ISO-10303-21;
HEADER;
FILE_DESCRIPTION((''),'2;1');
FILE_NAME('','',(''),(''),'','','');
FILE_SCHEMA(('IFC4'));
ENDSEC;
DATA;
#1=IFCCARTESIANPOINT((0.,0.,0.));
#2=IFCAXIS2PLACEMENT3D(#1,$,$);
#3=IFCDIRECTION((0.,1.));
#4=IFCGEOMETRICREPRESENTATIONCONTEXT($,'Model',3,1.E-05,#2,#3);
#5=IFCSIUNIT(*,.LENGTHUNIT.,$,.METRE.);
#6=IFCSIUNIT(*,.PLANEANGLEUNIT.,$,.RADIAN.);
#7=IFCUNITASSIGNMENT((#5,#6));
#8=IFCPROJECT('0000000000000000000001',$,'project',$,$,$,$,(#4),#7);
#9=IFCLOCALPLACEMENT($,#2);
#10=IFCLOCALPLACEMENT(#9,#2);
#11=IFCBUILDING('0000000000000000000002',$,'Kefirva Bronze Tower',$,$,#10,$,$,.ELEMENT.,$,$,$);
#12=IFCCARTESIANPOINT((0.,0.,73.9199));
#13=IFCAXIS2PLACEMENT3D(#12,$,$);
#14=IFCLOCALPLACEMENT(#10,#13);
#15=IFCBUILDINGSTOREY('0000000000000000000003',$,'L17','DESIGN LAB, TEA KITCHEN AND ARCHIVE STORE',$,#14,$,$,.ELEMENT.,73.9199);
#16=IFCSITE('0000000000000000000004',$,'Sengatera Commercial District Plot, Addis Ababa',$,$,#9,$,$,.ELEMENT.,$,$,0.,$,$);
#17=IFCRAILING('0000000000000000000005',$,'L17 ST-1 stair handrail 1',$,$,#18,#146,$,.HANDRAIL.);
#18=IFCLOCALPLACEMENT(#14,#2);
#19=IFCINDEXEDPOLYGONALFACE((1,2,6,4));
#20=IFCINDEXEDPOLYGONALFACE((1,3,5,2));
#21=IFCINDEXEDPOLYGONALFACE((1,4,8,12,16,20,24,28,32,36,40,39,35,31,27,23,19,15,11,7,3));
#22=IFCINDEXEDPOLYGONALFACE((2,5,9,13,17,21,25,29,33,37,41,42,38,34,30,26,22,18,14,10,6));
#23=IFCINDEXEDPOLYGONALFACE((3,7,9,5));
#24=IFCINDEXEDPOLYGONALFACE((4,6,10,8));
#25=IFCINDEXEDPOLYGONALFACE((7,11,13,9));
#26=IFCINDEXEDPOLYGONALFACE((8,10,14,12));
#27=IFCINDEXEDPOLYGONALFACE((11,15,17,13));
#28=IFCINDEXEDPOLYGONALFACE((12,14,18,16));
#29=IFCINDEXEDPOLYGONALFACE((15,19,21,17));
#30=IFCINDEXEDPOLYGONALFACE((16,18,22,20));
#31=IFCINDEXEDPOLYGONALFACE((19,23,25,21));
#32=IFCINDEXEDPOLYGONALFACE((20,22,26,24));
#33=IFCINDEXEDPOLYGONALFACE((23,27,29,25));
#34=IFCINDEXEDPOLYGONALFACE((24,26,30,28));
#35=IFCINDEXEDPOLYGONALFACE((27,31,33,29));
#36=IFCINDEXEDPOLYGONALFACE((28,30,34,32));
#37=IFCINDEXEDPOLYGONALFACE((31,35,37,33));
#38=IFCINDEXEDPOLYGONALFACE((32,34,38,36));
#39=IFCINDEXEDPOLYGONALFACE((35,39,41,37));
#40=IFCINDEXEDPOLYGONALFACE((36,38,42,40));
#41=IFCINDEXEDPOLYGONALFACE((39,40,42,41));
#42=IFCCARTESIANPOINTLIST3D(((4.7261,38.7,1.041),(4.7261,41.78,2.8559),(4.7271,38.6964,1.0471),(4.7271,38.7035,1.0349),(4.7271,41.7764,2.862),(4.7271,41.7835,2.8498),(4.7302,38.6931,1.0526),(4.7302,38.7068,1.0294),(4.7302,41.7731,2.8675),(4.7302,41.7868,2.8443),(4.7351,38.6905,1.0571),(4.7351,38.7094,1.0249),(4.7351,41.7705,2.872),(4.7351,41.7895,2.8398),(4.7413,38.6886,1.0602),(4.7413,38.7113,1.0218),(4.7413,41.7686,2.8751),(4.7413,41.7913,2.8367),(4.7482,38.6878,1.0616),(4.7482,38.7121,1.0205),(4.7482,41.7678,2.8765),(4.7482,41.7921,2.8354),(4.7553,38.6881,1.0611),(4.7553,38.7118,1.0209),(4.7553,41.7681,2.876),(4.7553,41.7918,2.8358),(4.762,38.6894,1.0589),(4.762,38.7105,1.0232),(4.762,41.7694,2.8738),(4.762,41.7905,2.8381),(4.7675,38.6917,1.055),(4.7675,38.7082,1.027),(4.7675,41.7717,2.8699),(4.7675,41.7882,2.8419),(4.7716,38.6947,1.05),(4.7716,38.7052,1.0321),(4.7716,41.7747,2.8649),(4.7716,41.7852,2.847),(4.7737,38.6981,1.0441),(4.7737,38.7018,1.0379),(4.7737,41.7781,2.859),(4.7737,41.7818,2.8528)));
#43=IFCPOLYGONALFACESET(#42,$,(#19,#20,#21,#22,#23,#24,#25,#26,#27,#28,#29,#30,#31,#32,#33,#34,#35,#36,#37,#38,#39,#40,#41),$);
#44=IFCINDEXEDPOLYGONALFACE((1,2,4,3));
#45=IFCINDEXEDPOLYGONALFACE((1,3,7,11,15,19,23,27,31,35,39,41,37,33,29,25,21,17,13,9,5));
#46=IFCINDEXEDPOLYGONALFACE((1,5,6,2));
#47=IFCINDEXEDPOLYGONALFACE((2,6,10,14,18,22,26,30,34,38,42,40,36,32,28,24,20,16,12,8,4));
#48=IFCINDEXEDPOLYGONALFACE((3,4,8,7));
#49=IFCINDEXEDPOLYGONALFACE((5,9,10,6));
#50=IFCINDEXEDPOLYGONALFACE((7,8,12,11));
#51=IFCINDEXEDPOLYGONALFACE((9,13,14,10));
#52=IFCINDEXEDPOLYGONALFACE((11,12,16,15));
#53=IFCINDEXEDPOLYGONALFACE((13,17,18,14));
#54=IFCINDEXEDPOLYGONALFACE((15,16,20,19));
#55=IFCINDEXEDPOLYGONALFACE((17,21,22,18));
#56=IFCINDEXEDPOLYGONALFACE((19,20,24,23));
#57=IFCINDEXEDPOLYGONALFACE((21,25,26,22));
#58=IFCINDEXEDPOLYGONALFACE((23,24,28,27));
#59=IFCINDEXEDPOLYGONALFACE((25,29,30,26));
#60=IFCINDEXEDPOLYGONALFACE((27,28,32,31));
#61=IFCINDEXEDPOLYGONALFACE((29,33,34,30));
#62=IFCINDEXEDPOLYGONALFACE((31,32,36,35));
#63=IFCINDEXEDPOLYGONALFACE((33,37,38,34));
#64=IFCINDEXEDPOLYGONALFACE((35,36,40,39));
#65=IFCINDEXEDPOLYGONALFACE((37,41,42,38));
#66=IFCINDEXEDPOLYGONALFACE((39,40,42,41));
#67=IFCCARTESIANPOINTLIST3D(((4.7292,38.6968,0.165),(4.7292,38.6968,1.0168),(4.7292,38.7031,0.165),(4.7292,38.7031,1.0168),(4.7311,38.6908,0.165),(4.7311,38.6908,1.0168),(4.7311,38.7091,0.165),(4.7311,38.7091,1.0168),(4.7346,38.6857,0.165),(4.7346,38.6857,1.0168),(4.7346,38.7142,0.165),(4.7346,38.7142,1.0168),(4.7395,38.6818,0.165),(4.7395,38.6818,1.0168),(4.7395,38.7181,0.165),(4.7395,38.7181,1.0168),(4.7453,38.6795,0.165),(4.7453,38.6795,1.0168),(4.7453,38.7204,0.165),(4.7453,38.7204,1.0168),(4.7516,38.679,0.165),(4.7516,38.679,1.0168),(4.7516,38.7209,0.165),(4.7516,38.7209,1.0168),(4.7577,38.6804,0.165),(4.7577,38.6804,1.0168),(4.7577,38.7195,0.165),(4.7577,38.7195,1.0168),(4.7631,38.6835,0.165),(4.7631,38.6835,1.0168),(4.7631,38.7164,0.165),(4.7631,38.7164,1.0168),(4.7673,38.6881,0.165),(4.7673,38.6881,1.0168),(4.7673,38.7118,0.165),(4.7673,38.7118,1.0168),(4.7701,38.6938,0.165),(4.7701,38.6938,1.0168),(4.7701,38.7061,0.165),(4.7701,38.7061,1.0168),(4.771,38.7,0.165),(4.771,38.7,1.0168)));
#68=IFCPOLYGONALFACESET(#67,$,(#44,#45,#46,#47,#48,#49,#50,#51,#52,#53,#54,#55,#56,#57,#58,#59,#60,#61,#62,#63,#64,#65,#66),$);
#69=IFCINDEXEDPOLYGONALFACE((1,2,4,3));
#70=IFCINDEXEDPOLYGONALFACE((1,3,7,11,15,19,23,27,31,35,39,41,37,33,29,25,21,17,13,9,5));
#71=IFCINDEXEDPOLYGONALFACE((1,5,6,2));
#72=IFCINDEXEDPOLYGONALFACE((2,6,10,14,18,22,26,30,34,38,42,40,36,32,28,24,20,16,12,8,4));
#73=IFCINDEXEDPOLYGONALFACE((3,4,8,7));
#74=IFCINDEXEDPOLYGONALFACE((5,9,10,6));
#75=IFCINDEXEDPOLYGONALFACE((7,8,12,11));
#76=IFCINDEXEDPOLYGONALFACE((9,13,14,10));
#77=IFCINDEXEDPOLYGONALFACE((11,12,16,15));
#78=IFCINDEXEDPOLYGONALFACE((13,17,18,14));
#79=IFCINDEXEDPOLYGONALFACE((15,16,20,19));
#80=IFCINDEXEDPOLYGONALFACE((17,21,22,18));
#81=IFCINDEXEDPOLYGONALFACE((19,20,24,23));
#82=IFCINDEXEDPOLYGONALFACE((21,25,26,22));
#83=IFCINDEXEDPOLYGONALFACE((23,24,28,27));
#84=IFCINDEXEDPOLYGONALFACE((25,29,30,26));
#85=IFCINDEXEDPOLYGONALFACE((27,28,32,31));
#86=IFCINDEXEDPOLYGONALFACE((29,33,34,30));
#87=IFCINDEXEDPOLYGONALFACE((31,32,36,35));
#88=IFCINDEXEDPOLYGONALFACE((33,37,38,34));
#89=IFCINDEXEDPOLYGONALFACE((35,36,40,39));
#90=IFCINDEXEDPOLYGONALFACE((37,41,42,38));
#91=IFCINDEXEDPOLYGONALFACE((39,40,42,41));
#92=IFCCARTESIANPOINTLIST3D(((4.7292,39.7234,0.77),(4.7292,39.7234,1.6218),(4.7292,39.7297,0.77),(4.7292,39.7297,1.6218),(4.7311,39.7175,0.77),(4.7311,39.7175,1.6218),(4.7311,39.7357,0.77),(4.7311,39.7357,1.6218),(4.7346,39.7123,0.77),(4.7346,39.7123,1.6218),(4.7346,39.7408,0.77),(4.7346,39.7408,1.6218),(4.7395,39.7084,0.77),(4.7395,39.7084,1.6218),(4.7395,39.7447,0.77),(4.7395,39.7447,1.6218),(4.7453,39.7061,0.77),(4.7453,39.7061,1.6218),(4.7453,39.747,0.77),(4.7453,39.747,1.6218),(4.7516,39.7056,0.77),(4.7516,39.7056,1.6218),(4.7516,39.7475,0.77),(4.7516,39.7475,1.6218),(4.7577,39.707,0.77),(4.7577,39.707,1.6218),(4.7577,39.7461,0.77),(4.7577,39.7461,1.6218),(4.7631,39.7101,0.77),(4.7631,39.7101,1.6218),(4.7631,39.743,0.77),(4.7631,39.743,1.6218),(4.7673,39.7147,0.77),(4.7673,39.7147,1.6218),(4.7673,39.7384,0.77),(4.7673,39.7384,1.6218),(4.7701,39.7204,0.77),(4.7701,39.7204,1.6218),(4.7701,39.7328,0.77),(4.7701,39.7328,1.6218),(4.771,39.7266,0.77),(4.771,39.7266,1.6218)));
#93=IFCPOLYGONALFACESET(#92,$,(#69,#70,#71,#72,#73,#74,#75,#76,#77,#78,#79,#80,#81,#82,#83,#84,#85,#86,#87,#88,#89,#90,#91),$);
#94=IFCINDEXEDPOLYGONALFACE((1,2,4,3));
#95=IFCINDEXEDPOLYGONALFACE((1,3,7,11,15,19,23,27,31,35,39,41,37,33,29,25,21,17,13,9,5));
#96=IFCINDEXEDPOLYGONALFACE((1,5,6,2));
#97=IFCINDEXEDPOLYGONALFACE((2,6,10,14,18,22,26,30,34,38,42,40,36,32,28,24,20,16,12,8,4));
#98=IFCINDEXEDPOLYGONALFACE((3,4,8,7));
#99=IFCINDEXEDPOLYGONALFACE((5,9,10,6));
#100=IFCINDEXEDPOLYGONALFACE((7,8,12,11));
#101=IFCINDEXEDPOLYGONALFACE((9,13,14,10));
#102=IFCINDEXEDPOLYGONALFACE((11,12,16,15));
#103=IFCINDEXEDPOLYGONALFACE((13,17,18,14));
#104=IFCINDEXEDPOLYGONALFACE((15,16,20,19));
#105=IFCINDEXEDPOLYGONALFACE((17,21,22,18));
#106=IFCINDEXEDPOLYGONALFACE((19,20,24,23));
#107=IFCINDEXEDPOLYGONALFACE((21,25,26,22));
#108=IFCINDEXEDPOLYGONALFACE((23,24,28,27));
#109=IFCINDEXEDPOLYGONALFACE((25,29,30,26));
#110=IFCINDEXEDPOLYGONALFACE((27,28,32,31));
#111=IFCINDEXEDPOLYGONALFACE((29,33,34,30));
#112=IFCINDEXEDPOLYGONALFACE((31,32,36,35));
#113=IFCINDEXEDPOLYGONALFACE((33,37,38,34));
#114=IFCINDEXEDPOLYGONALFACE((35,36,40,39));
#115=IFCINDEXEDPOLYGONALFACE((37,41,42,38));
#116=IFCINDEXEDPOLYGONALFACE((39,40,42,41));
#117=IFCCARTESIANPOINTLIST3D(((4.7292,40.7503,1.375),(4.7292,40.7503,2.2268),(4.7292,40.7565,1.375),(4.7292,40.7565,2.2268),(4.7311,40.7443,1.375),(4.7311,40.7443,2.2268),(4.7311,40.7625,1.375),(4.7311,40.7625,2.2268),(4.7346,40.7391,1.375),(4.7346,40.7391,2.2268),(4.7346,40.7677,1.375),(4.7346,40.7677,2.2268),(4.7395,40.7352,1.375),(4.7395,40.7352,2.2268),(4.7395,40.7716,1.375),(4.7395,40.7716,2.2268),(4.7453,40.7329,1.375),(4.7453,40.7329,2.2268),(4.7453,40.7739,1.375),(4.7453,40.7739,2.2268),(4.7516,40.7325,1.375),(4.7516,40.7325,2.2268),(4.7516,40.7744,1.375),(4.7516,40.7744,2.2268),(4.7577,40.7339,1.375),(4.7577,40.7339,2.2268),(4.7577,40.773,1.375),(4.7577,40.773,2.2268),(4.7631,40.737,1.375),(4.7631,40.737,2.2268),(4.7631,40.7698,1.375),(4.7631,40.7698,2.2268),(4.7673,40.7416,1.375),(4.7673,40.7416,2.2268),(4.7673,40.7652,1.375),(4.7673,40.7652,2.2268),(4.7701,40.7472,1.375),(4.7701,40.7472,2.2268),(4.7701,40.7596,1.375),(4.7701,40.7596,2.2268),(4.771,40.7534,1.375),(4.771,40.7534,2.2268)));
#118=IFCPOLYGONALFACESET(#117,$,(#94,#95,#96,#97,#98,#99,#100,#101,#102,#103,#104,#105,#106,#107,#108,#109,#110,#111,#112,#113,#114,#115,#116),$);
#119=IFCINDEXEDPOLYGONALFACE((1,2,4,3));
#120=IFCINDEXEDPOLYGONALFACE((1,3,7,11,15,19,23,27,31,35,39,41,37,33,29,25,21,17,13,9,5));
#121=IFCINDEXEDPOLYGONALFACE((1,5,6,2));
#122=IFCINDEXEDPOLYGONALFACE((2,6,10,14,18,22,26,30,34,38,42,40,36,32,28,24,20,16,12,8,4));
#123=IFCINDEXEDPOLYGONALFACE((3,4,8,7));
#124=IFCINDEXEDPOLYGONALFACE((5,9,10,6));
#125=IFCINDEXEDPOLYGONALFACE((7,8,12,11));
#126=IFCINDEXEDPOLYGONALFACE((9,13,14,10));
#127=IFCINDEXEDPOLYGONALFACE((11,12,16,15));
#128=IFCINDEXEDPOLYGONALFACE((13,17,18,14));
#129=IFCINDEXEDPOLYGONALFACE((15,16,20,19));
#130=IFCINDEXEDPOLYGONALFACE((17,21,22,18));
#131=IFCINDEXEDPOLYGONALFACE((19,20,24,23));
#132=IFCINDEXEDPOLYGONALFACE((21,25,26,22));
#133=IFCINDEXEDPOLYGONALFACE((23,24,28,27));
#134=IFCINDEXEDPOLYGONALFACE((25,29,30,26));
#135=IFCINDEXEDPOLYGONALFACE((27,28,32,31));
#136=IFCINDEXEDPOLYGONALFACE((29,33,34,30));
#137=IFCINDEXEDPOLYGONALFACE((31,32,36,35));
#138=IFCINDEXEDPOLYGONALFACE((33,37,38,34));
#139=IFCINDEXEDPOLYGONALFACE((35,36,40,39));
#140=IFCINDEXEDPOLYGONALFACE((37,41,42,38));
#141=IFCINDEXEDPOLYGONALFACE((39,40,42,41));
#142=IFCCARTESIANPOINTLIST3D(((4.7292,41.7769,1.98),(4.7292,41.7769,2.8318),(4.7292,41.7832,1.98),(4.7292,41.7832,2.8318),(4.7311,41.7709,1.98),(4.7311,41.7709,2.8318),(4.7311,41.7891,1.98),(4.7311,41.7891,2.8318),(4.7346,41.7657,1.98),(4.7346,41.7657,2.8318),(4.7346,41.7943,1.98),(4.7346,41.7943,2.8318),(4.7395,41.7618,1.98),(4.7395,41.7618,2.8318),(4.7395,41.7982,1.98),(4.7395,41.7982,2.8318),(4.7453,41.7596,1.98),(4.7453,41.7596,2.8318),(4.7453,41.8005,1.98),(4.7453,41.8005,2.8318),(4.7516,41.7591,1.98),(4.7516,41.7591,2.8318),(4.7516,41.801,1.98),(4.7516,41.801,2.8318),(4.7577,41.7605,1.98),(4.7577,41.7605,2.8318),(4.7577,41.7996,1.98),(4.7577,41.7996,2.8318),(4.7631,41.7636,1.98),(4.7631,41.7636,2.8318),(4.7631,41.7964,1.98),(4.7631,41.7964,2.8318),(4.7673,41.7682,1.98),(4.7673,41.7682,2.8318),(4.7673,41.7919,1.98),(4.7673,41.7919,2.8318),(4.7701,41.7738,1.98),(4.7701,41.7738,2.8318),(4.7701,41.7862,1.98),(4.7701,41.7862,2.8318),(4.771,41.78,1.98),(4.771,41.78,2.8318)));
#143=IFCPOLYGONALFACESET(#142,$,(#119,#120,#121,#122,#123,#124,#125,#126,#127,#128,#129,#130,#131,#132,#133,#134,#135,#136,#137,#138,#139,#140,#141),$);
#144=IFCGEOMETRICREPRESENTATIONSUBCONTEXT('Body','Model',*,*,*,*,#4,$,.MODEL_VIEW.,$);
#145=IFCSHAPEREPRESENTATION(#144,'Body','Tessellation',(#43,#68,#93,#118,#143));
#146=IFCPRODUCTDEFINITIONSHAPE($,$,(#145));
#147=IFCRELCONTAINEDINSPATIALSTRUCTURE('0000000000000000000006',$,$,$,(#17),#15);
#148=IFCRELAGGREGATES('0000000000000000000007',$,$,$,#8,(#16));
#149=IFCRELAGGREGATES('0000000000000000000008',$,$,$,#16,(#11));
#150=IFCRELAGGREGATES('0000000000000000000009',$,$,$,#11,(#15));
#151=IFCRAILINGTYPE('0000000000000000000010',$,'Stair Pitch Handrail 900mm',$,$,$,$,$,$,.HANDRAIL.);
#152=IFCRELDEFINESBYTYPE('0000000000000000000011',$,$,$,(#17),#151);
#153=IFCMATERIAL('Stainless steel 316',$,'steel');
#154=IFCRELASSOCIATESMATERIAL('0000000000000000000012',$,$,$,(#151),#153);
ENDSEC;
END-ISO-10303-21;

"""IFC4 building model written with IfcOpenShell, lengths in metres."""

from ifc_helpers import new_model, si_unit, direction, frame, origin, origin_2d, place, context, subcontext, project, spatial, circle, extrude, material, type_object, element, save


model = new_model("IFC4")

# Units and contexts
model_context = context("Model", 3, precision=1e-05, world=origin(), true_north=direction((0.0, 1.0)))
body_context = subcontext(model_context, "Body", "Model", "MODEL_VIEW")
ifc_project = project(units=[si_unit("LENGTHUNIT", "METRE"), si_unit("PLANEANGLEUNIT", "RADIAN")], contexts=[model_context])

# Site, building, storey
site_placement = place(None, origin())
site = spatial("IfcSite", under=ifc_project, at=site_placement, Name="Sengatera Commercial District Plot, Addis Ababa", CompositionType="ELEMENT", RefElevation=0.0)
building_placement = place(site_placement, origin())
building = spatial("IfcBuilding", under=site, at=building_placement, Name="Kefirva Bronze Tower", CompositionType="ELEMENT")
storey_placement = place(building_placement, frame((0.0, 0.0, 73.9199)))
storey = spatial("IfcBuildingStorey", under=building, at=storey_placement, Name="L17", Description="DESIGN LAB, TEA KITCHEN AND ARCHIVE STORE", CompositionType="ELEMENT", Elevation=73.9199)

# Railing
ifc_material_1 = material(Name="Stainless steel 316", Category="steel")
railing_type_1 = type_object("IfcRailingType", Name="Stair Pitch Handrail 900mm", PredefinedType="HANDRAIL", material=ifc_material_1)
railing_1_placement = place(storey_placement, frame((4.75, 38.7, 0.165)))
element("IfcRailing", 1, at=railing_1_placement, inside=storey, type_object=railing_type_1, Name="L17 ST-1 stair handrail 1", PredefinedType="HANDRAIL", context=body_context, shape_type="SweptSolid", body=[
    extrude(circle(Radius=0.0239, at=origin_2d()), frame((0.0, 0.0, 0.876), z_axis=(0.0, 0.861551, 0.507671), x_axis=(-1.0, 0.0, 0.0)), (0.0, 0.0, 1.0), 3.575),
    extrude(circle(Radius=0.021, at=origin_2d()), origin(), (0.0, 0.0, 1.0), 0.8518),
    extrude(circle(Radius=0.021, at=origin_2d()), frame((0.0, 1.0266, 0.605)), (0.0, 0.0, 1.0), 0.8518),
    extrude(circle(Radius=0.021, at=origin_2d()), frame((0.0, 2.0535, 1.21)), (0.0, 0.0, 1.0), 0.8518),
    extrude(circle(Radius=0.021, at=origin_2d()), frame((0.0, 3.0801, 1.8149)), (0.0, 0.0, 1.0), 0.8518),
])

save(model, "model.ifc")
